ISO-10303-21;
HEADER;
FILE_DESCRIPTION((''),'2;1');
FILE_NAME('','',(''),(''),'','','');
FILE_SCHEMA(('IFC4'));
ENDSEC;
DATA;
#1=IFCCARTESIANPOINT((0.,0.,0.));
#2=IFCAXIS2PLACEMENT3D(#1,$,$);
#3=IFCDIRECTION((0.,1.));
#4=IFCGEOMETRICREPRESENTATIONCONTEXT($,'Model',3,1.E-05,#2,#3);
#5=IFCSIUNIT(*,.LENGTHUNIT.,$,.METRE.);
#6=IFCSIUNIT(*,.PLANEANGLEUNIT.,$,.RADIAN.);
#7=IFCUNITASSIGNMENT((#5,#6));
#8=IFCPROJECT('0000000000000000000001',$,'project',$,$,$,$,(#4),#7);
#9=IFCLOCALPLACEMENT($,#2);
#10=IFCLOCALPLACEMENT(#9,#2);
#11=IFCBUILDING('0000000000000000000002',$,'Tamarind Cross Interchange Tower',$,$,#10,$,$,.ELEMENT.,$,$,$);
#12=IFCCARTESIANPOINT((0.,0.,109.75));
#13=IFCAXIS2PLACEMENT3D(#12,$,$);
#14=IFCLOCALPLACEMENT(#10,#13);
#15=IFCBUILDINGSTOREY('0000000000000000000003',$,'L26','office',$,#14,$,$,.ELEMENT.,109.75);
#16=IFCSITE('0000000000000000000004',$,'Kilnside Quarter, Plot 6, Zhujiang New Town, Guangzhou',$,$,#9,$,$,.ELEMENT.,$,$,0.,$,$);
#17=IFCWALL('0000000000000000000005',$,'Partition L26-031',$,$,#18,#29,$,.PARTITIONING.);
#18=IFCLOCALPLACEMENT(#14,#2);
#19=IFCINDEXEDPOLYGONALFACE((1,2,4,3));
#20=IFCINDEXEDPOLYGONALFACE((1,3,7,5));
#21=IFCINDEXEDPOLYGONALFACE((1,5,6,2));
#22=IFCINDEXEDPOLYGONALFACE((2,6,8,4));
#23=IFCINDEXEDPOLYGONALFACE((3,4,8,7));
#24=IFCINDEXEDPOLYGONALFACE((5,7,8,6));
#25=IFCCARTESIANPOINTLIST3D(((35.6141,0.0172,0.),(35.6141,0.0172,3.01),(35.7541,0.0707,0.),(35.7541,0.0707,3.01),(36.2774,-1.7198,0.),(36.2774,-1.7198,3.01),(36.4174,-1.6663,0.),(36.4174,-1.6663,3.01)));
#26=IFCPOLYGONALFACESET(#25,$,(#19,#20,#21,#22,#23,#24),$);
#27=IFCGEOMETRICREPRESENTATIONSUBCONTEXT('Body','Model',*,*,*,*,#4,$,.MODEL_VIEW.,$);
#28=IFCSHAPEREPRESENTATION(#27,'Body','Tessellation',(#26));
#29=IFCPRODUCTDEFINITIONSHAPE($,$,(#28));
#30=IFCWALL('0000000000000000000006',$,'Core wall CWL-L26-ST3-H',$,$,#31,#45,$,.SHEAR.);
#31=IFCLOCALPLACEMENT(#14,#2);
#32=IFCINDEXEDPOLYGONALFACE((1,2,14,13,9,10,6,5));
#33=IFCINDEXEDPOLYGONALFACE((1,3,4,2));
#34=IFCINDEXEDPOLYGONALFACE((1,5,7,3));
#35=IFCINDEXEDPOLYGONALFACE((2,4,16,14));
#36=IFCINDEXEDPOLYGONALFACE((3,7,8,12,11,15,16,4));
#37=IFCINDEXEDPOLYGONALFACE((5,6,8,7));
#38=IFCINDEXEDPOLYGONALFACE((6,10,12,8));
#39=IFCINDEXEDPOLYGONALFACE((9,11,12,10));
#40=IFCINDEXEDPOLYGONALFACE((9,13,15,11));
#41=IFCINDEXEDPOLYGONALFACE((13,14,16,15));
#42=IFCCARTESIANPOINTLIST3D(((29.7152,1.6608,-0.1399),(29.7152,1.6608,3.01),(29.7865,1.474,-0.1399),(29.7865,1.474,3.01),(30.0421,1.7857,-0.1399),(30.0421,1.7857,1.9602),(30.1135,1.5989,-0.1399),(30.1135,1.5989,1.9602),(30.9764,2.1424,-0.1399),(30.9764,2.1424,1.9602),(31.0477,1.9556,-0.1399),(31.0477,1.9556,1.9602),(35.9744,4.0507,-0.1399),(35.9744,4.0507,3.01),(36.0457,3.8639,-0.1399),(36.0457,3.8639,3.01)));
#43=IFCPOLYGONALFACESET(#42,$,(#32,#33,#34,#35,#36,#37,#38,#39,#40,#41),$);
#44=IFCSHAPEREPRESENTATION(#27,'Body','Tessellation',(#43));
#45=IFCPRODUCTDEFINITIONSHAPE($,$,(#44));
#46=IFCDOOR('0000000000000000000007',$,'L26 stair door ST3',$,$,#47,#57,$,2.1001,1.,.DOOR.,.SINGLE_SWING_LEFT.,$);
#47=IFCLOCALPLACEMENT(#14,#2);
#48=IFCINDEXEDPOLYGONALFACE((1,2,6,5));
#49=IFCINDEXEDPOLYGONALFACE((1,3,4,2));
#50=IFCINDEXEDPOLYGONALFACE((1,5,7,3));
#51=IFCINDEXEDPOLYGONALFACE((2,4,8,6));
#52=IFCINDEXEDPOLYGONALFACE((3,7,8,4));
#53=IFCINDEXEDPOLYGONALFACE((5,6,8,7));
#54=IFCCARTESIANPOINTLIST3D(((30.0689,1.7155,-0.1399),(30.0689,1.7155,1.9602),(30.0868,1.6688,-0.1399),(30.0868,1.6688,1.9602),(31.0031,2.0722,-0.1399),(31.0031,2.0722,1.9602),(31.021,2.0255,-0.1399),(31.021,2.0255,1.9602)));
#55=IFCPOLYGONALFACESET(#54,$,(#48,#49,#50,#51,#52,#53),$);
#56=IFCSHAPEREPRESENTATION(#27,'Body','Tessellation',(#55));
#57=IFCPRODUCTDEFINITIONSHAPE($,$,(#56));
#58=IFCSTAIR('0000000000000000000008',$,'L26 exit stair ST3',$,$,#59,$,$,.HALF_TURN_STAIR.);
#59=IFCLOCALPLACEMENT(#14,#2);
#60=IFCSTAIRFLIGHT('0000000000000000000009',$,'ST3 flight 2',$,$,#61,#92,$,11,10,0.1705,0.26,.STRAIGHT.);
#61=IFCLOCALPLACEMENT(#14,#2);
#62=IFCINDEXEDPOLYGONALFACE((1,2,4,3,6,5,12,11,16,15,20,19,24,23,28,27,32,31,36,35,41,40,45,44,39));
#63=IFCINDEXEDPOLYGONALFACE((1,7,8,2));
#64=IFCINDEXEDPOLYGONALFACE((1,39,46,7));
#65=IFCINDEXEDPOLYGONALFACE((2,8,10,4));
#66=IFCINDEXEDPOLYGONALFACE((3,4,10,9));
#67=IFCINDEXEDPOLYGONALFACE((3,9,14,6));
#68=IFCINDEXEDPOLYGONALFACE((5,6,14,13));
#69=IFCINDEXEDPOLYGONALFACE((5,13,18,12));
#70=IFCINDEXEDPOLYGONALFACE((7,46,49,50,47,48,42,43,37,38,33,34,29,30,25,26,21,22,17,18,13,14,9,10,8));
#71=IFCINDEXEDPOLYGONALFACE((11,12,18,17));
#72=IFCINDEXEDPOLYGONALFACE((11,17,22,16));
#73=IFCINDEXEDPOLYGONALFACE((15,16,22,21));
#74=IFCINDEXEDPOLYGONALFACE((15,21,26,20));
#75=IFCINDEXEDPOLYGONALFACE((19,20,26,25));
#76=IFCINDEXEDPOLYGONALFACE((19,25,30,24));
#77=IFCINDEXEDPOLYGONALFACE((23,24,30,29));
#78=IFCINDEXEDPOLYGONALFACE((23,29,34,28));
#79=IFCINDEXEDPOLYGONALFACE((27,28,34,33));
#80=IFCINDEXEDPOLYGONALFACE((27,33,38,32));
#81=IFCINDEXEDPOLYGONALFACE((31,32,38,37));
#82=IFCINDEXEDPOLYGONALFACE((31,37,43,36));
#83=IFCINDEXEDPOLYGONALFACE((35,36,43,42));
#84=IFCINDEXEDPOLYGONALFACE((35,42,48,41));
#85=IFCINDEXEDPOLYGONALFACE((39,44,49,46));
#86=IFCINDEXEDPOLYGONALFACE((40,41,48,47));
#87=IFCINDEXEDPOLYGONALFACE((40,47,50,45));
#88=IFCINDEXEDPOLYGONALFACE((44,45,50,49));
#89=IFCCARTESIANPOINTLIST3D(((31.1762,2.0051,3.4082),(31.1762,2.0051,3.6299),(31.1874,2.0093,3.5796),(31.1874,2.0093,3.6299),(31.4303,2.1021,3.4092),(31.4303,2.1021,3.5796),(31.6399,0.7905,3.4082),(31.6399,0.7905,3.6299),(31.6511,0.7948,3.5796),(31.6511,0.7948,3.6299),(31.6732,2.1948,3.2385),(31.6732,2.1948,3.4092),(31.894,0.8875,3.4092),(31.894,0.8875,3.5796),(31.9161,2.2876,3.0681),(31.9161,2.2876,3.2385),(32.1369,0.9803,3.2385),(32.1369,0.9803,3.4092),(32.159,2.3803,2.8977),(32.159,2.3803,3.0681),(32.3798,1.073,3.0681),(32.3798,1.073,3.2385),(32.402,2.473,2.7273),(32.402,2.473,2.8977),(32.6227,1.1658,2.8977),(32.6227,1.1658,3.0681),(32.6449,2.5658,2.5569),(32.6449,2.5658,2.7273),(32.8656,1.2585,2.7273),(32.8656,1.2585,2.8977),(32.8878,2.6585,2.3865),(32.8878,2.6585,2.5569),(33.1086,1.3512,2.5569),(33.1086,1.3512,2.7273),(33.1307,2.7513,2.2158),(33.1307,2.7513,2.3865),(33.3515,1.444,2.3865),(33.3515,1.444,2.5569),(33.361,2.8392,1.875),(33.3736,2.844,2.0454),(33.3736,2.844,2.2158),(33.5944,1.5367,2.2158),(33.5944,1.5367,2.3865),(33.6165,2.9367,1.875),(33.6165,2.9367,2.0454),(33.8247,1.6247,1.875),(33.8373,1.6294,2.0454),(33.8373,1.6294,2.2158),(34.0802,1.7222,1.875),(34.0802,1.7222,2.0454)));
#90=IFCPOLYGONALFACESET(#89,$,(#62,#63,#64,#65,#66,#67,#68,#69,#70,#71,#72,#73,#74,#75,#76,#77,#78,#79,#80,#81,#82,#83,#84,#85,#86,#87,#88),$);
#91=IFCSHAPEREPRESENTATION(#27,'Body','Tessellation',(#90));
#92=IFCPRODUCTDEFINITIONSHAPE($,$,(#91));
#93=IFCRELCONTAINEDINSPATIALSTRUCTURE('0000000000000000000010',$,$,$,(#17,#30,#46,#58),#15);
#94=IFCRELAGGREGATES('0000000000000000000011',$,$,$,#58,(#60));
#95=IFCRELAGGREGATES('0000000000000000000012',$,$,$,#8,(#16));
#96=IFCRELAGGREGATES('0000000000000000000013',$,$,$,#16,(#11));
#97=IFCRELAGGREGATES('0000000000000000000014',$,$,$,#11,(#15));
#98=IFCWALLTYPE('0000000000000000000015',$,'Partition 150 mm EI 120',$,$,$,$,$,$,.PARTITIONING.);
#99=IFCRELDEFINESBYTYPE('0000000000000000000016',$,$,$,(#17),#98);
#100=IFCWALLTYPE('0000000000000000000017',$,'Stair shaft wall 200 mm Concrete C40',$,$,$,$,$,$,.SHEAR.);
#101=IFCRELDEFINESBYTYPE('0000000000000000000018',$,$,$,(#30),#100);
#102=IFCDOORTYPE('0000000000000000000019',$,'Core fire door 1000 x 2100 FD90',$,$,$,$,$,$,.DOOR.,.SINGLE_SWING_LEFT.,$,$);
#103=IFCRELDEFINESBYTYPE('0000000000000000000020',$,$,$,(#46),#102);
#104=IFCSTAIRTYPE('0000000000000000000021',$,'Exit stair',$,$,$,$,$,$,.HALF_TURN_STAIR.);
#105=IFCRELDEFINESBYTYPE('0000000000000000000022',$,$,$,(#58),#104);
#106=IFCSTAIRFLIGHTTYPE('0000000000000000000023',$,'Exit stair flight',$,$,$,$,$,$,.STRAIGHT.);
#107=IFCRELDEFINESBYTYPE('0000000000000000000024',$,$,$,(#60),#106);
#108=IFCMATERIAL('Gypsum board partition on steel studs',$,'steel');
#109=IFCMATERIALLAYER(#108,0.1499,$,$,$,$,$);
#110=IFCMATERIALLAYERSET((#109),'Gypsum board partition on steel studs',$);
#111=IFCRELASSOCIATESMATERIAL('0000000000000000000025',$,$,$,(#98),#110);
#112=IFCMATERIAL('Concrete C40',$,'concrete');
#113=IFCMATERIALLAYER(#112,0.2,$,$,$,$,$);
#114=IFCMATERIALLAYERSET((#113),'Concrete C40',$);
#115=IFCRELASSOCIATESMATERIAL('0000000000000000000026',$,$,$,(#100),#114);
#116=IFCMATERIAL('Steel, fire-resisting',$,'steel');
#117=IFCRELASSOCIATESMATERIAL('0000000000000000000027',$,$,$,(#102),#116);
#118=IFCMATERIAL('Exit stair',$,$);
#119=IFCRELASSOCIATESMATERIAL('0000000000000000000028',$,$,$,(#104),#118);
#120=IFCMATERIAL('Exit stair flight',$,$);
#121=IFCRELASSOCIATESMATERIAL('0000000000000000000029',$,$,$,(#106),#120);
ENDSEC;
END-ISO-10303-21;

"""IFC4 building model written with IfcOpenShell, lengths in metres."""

from ifc_helpers import new_model, si_unit, direction, frame, frame_2d, origin, place, context, subcontext, project, spatial, polyline, rectangle, outline, extrude, material, layer, layer_set, type_object, element, fill, aggregate, save


model = new_model("IFC4")

# Units and contexts
model_context = context("Model", 3, precision=1e-05, world=origin(), true_north=direction((0.0, 1.0)))
body_context = subcontext(model_context, "Body", "Model", "MODEL_VIEW")
ifc_project = project(units=[si_unit("LENGTHUNIT", "METRE"), si_unit("PLANEANGLEUNIT", "RADIAN")], contexts=[model_context])

# Site, building, storey
site_placement = place(None, origin())
site = spatial("IfcSite", under=ifc_project, at=site_placement, Name="Kilnside Quarter, Plot 6, Zhujiang New Town, Guangzhou", CompositionType="ELEMENT", RefElevation=0.0)
building_placement = place(site_placement, origin())
building = spatial("IfcBuilding", under=site, at=building_placement, Name="Tamarind Cross Interchange Tower", CompositionType="ELEMENT")
storey_placement = place(building_placement, frame((0.0, 0.0, 109.75)))
storey = spatial("IfcBuildingStorey", under=building, at=storey_placement, Name="L26", Description="office", CompositionType="ELEMENT", Elevation=109.75)

# Shared definitions
ifc_material_1 = material(Name="Gypsum board partition on steel studs", Category="steel")

# Shared definitions
ifc_layer_1 = layer(ifc_material_1, 0.1499)
ifc_layer_set_1 = layer_set([ifc_layer_1], Name="Gypsum board partition on steel studs")
wall_type_1 = type_object("IfcWallType", Name="Partition 150 mm EI 120", PredefinedType="PARTITIONING", material=ifc_layer_set_1)

# Wall
wall_1_placement = place(storey_placement, frame((35.6841, 0.0439, 0.0), z_axis=(0.0, 0.0, 1.0), x_axis=(0.356743, -0.934202, 0.0)))
element("IfcWall", 1, at=wall_1_placement, inside=storey, type_object=wall_type_1, Name="Partition L26-031", PredefinedType="PARTITIONING", context=body_context, shape_type="SweptSolid", body=[
    extrude(rectangle(XDim=1.8594, YDim=0.1499, at=frame_2d((0.9297, 0.0))), origin(), (0.0, 0.0, 1.0), 3.01),
])

# Wall, opening, door
ifc_material_2 = material(Name="Concrete C40", Category="concrete")
ifc_layer_2 = layer(ifc_material_2, 0.2)
ifc_layer_set_2 = layer_set([ifc_layer_2], Name="Concrete C40")
wall_type_2 = type_object("IfcWallType", Name="Stair shaft wall 200 mm Concrete C40", PredefinedType="SHEAR", material=ifc_layer_set_2)
wall_2_placement = place(storey_placement, frame((29.7507, 1.5674, -0.1399), z_axis=(0.0, 0.0, 1.0), x_axis=(0.934219, 0.3567, 0.0)))
wall_2 = element("IfcWall", 2, at=wall_2_placement, inside=storey, type_object=wall_type_2, Name="Core wall CWL-L26-ST3-H", PredefinedType="SHEAR", context=body_context, shape_type="SweptSolid", body=[
    extrude(rectangle(XDim=6.7, YDim=0.2, at=frame_2d((3.3501, 0.0))), origin(), (0.0, 0.0, 1.0), 3.1499),
])
opening_1_placement = place(wall_2_placement, frame((0.3501, 0.0, 0.0)))
opening_1 = element("IfcOpeningElement", 3, at=opening_1_placement, cuts=wall_2, PredefinedType="OPENING", context=body_context, shape_type="SweptSolid", body=[
    extrude(rectangle(XDim=1.0, YDim=2.1001, at=frame_2d((0.5, 1.05))), frame((0.0, 0.1099, 0.0), z_axis=(0.0, -1.0, 0.0), x_axis=(1.0, 0.0, 0.0)), (0.0, 0.0, 1.0), 0.22),
])
ifc_material_3 = material(Name="Steel, fire-resisting", Category="steel")
door_type_1 = type_object("IfcDoorType", Name="Core fire door 1000 x 2100 FD90", OperationType="SINGLE_SWING_LEFT", PredefinedType="DOOR", material=ifc_material_3)
door_1_placement = place(opening_1_placement, origin())
door_1 = element("IfcDoor", 4, at=door_1_placement, inside=storey, type_object=door_type_1, Name="L26 stair door ST3", OperationType="SINGLE_SWING_LEFT", OverallHeight=2.1001, OverallWidth=1.0, PredefinedType="DOOR", context=body_context, shape_type="SweptSolid", body=[
    extrude(rectangle(XDim=1.0, YDim=2.1001, at=frame_2d((0.5, 1.05))), frame((0.0, 0.0249, 0.0), z_axis=(0.0, -1.0, 0.0), x_axis=(1.0, 0.0, 0.0)), (0.0, 0.0, 1.0), 0.05),
])
fill(opening_1, door_1)

# Stair, stair flight
ifc_material_4 = material(Name="Exit stair")
stair_type = type_object("IfcStairType", Name="Exit stair", PredefinedType="HALF_TURN_STAIR", material=ifc_material_4)
stair_placement = place(storey_placement, origin())
stair = element("IfcStair", 5, at=stair_placement, inside=storey, type_object=stair_type, Name="L26 exit stair ST3", PredefinedType="HALF_TURN_STAIR")
ifc_material_5 = material(Name="Exit stair flight")
stair_flight_type = type_object("IfcStairFlightType", Name="Exit stair flight", PredefinedType="STRAIGHT", material=ifc_material_5)
stair_flight_placement = place(storey_placement, frame((33.8484, 2.3293, 1.875), z_axis=(0.0, 0.0, 1.0), x_axis=(-0.934229, -0.356673, 0.0)))
stair_flight = element("IfcStairFlight", 6, at=stair_flight_placement, type_object=stair_flight_type, Name="ST3 flight 2", NumberOfRisers=11, NumberOfTreads=10, PredefinedType="STRAIGHT", RiserHeight=0.1705, TreadLength=0.26, context=body_context, shape_type="SweptSolid", body=[
    extrude(outline(polyline([(0.0, 0.0), (0.0, 0.1704), (0.26, 0.1704), (0.26, 0.3408), (0.52, 0.3408), (0.52, 0.5115), (0.78, 0.5115), (0.78, 0.6819), (1.04, 0.6819), (1.04, 0.8523), (1.3, 0.8523), (1.3, 1.0227), (1.5601, 1.0227), (1.5601, 1.1931), (1.8201, 1.1931), (1.8201, 1.3635), (2.0801, 1.3635), (2.0801, 1.5342), (2.3401, 1.5342), (2.3401, 1.7046), (2.6001, 1.7046), (2.6001, 1.7549), (2.6121, 1.7549), (2.6121, 1.5332), (0.2734, 0.0), (0.0, 0.0)])), frame((0.0, 0.6499, 0.0), z_axis=(0.0, -1.0, 0.0), x_axis=(1.0, 0.0, 0.0)), (0.0, 0.0, 1.0), 1.3),
])
aggregate(stair, [stair_flight])

save(model, "model.ifc")
